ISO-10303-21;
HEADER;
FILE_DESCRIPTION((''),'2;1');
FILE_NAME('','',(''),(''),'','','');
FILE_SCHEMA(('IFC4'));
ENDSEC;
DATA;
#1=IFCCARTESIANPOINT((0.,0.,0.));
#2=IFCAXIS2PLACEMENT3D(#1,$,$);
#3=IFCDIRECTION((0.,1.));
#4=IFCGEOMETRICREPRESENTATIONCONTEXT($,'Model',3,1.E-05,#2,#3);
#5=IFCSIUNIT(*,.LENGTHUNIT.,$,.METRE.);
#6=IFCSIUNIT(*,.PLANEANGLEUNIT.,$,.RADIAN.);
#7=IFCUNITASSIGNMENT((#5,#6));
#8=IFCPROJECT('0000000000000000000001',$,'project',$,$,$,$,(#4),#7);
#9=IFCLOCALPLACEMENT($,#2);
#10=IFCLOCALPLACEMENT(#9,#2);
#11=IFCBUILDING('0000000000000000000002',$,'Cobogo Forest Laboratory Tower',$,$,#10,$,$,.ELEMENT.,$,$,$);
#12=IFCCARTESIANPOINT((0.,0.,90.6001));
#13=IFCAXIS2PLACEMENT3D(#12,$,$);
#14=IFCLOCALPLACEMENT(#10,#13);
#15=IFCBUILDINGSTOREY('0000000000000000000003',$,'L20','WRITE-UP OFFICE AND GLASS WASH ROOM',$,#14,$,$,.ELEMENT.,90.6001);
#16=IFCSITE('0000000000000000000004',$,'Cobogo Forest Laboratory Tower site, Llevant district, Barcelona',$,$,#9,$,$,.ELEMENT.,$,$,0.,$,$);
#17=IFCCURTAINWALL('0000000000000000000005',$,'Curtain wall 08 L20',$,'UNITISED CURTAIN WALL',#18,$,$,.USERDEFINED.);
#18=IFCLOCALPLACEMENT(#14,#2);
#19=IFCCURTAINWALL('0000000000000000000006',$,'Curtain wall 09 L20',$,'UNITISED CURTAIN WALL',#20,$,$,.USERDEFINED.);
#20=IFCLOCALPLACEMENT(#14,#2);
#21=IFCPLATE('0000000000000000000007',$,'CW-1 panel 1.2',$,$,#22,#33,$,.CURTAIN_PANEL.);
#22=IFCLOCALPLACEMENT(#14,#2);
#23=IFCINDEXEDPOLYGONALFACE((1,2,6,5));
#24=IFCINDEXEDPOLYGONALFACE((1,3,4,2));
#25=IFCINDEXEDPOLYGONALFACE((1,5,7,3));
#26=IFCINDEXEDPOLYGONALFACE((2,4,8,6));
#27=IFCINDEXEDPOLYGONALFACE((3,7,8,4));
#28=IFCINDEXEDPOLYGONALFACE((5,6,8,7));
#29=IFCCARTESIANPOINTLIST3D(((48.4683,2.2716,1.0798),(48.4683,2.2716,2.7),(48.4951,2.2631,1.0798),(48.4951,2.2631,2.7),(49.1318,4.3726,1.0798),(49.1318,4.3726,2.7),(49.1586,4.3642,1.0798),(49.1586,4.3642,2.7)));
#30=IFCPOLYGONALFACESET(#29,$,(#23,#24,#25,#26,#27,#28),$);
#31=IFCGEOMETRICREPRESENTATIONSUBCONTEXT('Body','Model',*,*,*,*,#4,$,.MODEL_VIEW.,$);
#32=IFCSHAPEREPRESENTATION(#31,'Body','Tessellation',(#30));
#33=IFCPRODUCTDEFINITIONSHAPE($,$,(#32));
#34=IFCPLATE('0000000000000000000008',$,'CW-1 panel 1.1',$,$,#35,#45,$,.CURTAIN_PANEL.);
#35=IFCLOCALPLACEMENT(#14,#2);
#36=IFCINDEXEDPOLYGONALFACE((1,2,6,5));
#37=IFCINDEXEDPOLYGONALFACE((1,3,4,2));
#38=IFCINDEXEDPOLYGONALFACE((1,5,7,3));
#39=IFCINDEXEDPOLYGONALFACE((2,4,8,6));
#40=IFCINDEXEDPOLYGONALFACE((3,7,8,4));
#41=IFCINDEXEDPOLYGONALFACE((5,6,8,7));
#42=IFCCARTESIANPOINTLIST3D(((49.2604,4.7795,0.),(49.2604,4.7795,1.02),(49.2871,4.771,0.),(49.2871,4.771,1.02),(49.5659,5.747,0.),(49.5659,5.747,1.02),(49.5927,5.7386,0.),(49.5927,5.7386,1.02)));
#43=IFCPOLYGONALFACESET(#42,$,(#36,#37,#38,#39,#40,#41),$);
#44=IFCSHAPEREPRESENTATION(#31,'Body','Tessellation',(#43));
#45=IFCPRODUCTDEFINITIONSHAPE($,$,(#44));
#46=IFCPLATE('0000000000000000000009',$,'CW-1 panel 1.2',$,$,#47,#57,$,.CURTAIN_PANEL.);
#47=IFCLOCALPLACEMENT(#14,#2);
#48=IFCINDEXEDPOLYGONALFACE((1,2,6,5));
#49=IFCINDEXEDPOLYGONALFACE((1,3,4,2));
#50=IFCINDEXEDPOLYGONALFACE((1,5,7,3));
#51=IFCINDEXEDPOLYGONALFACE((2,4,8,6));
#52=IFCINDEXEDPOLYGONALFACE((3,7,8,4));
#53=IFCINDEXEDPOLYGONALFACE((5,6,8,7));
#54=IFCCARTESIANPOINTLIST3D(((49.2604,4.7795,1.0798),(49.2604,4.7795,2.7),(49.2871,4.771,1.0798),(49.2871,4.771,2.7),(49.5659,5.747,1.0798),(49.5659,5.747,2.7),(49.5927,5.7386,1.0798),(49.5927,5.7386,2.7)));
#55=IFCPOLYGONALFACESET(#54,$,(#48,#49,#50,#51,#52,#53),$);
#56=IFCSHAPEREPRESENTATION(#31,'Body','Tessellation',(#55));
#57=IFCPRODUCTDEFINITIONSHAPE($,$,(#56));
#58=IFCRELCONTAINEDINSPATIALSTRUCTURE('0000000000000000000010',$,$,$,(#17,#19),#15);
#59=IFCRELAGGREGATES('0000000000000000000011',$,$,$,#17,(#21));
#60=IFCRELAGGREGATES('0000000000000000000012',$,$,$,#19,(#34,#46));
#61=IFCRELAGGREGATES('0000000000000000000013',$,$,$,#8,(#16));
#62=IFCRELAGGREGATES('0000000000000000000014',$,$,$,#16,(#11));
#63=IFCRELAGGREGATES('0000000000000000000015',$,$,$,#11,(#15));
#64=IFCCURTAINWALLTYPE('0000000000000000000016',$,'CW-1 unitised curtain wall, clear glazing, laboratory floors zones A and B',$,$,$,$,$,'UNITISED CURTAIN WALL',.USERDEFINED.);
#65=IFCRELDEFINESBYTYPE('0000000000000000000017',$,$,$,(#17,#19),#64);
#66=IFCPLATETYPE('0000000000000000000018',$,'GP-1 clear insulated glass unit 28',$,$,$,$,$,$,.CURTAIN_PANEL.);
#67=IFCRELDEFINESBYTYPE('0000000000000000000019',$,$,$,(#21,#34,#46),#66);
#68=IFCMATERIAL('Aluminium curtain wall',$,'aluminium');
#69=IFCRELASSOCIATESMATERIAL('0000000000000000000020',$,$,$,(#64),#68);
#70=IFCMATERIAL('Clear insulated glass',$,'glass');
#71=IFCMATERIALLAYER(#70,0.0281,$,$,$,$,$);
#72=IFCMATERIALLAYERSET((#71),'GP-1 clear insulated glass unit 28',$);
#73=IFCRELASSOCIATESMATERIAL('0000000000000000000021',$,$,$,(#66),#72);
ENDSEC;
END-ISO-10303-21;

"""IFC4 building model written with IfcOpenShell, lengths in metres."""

from ifc_helpers import new_model, si_unit, direction, frame, origin, origin_2d, place, context, subcontext, project, spatial, rectangle, extrude, material, layer, layer_set, type_object, element, aggregate, save


model = new_model("IFC4")

# Units and contexts
model_context = context("Model", 3, precision=1e-05, world=origin(), true_north=direction((0.0, 1.0)))
body_context = subcontext(model_context, "Body", "Model", "MODEL_VIEW")
ifc_project = project(units=[si_unit("LENGTHUNIT", "METRE"), si_unit("PLANEANGLEUNIT", "RADIAN")], contexts=[model_context])

# Site, building, storey
site_placement = place(None, origin())
site = spatial("IfcSite", under=ifc_project, at=site_placement, Name="Cobogo Forest Laboratory Tower site, Llevant district, Barcelona", CompositionType="ELEMENT", RefElevation=0.0)
building_placement = place(site_placement, origin())
building = spatial("IfcBuilding", under=site, at=building_placement, Name="Cobogo Forest Laboratory Tower", CompositionType="ELEMENT")
storey_placement = place(building_placement, frame((0.0, 0.0, 90.6001)))
storey = spatial("IfcBuildingStorey", under=building, at=storey_placement, Name="L20", Description="WRITE-UP OFFICE AND GLASS WASH ROOM", CompositionType="ELEMENT", Elevation=90.6001)

# Shared definitions
ifc_material_1 = material(Name="Aluminium curtain wall", Category="aluminium")
curtain_wall_type = type_object("IfcCurtainWallType", Name="CW-1 unitised curtain wall, clear glazing, laboratory floors zones A and B", ElementType="UNITISED CURTAIN WALL", PredefinedType="USERDEFINED", material=ifc_material_1)

# Curtain walls
curtain_wall_1_placement = place(storey_placement, origin())
curtain_wall_1 = element("IfcCurtainWall", 1, at=curtain_wall_1_placement, inside=storey, type_object=curtain_wall_type, Name="Curtain wall 08 L20", ObjectType="UNITISED CURTAIN WALL", PredefinedType="USERDEFINED")
curtain_wall_2_placement = place(storey_placement, origin())
curtain_wall_2 = element("IfcCurtainWall", 2, at=curtain_wall_2_placement, inside=storey, type_object=curtain_wall_type, Name="Curtain wall 09 L20", ObjectType="UNITISED CURTAIN WALL", PredefinedType="USERDEFINED")

# Plates
ifc_material_2 = material(Name="Clear insulated glass", Category="glass")
ifc_layer = layer(ifc_material_2, 0.0281)
ifc_layer_set = layer_set([ifc_layer], Name="GP-1 clear insulated glass unit 28")
plate_type = type_object("IfcPlateType", Name="GP-1 clear insulated glass unit 28", PredefinedType="CURTAIN_PANEL", material=ifc_layer_set)
plate_1_placement = place(storey_placement, frame((48.8135, 3.3179, 1.0798), z_axis=(0.0, 0.0, 1.0), x_axis=(0.301135, 0.953581, 0.0)))
plate_1 = element("IfcPlate", 3, at=plate_1_placement, type_object=plate_type, Name="CW-1 panel 1.2", PredefinedType="CURTAIN_PANEL", context=body_context, shape_type="SweptSolid", body=[
    extrude(rectangle(XDim=2.2034, YDim=0.0281, at=origin_2d()), origin(), (0.0, 0.0, 1.0), 1.6201),
])
aggregate(curtain_wall_1, [plate_1])
plate_2_placement = place(storey_placement, frame((49.4265, 5.259, 0.0), z_axis=(0.0, 0.0, 1.0), x_axis=(0.301136, 0.953581, 0.0)))
plate_2 = element("IfcPlate", 4, at=plate_2_placement, type_object=plate_type, Name="CW-1 panel 1.1", PredefinedType="CURTAIN_PANEL", context=body_context, shape_type="SweptSolid", body=[
    extrude(rectangle(XDim=1.0146, YDim=0.0281, at=origin_2d()), origin(), (0.0, 0.0, 1.0), 1.02),
])
plate_3_placement = place(storey_placement, frame((49.4265, 5.259, 1.0798), z_axis=(0.0, 0.0, 1.0), x_axis=(0.301136, 0.953581, 0.0)))
plate_3 = element("IfcPlate", 5, at=plate_3_placement, type_object=plate_type, Name="CW-1 panel 1.2", PredefinedType="CURTAIN_PANEL", context=body_context, shape_type="SweptSolid", body=[
    extrude(rectangle(XDim=1.0146, YDim=0.0281, at=origin_2d()), origin(), (0.0, 0.0, 1.0), 1.6201),
])
aggregate(curtain_wall_2, [plate_2, plate_3])

save(model, "model.ifc")
